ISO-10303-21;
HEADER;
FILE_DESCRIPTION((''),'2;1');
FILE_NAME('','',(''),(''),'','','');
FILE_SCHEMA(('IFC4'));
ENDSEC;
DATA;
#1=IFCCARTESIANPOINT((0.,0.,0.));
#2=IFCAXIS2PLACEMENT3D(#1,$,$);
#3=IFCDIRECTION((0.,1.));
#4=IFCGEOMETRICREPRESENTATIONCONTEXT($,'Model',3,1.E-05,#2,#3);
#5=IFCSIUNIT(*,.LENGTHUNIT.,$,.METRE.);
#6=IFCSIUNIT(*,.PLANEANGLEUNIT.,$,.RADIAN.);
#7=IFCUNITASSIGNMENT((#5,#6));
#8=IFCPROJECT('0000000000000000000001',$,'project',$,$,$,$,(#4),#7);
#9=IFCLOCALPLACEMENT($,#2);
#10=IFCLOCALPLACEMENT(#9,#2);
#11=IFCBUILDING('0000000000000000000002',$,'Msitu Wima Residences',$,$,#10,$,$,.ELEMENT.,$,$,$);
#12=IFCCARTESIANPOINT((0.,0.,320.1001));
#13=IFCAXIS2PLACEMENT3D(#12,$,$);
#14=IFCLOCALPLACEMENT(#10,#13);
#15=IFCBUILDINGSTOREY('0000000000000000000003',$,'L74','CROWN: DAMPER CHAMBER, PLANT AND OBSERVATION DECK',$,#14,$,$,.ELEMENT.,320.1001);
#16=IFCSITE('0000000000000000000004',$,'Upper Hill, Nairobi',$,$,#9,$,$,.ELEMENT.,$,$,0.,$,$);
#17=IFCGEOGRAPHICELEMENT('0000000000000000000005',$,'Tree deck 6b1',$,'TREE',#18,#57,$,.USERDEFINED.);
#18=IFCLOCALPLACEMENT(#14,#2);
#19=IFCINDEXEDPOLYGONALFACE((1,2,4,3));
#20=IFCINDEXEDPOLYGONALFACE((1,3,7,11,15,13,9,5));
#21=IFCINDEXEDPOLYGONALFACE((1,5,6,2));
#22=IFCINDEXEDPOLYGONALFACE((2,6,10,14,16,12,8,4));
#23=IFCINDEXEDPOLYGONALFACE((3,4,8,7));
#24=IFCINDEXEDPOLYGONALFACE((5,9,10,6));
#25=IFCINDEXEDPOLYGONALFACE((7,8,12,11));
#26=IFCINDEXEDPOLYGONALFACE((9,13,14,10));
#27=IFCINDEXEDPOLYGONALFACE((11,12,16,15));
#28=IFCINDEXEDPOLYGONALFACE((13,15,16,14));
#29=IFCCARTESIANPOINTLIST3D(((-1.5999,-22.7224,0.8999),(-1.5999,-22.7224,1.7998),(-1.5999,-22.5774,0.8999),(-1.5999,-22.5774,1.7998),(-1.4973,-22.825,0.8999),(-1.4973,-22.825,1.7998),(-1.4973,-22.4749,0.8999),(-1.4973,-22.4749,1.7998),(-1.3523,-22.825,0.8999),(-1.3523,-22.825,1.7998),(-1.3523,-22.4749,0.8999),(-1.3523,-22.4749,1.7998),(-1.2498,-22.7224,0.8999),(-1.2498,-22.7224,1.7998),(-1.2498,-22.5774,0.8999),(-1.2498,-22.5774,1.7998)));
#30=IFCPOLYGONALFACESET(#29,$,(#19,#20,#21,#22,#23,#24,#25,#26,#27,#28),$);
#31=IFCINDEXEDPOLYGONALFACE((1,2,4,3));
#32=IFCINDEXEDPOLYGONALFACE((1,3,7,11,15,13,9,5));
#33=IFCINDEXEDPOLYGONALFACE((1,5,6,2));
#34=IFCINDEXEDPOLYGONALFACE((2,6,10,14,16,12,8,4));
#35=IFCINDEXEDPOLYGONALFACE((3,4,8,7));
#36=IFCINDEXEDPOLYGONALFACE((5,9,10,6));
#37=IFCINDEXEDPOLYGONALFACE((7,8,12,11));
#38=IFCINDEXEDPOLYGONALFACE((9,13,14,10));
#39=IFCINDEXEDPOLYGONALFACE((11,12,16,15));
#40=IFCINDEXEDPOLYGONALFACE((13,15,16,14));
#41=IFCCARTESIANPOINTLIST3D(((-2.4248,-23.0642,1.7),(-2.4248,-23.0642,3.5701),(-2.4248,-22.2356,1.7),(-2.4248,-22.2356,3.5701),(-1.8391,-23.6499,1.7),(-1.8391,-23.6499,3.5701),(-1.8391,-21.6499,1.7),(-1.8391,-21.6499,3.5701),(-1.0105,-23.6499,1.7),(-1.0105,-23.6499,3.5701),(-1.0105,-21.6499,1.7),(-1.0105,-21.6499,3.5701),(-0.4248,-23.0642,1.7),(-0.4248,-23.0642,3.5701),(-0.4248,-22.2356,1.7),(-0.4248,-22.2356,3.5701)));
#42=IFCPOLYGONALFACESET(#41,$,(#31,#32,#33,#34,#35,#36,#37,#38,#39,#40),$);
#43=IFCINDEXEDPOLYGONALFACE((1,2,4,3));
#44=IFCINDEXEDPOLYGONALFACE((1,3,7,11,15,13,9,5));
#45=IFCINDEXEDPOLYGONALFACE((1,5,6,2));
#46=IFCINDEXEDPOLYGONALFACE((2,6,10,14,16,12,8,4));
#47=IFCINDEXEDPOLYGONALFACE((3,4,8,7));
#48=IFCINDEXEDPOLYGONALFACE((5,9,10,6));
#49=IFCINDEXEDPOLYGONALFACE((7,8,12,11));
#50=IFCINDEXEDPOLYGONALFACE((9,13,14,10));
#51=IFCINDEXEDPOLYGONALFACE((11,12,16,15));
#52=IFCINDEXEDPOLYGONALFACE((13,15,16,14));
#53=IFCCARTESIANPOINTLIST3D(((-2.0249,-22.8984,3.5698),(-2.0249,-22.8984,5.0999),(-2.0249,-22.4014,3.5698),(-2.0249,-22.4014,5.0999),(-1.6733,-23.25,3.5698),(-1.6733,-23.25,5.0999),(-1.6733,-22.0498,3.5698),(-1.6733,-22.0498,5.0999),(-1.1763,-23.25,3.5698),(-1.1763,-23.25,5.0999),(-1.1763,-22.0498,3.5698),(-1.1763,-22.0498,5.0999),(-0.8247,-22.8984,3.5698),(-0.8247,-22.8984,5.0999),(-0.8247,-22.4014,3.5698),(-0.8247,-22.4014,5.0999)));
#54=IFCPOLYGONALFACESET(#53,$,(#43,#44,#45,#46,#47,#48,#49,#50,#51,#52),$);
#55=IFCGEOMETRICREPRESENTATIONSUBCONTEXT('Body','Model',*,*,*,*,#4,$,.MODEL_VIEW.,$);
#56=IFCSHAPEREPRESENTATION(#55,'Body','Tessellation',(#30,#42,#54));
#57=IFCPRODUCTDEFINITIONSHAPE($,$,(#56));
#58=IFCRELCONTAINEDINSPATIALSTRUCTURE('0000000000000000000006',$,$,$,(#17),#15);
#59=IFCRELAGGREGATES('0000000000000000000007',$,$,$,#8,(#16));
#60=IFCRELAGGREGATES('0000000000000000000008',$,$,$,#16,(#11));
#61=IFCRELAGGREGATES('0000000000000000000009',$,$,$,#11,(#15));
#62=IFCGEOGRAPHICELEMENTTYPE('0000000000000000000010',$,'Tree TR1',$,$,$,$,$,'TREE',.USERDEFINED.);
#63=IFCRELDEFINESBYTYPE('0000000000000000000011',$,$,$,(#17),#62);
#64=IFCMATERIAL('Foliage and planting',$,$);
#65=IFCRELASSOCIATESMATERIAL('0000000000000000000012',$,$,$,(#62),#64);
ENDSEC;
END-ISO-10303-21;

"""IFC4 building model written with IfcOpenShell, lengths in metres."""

from ifc_helpers import new_model, si_unit, direction, frame, origin, place, context, subcontext, project, spatial, polyline, outline, extrude, material, type_object, element, save


model = new_model("IFC4")

# Units and contexts
model_context = context("Model", 3, precision=1e-05, world=origin(), true_north=direction((0.0, 1.0)))
body_context = subcontext(model_context, "Body", "Model", "MODEL_VIEW")
ifc_project = project(units=[si_unit("LENGTHUNIT", "METRE"), si_unit("PLANEANGLEUNIT", "RADIAN")], contexts=[model_context])

# Site, building, storey
site_placement = place(None, origin())
site = spatial("IfcSite", under=ifc_project, at=site_placement, Name="Upper Hill, Nairobi", CompositionType="ELEMENT", RefElevation=0.0)
building_placement = place(site_placement, origin())
building = spatial("IfcBuilding", under=site, at=building_placement, Name="Msitu Wima Residences", CompositionType="ELEMENT")
storey_placement = place(building_placement, frame((0.0, 0.0, 320.1001)))
storey = spatial("IfcBuildingStorey", under=building, at=storey_placement, Name="L74", Description="CROWN: DAMPER CHAMBER, PLANT AND OBSERVATION DECK", CompositionType="ELEMENT", Elevation=320.1001)

# Geographic element
ifc_material_1 = material(Name="Foliage and planting")
geographic_element_type = type_object("IfcGeographicElementType", Name="Tree TR1", ElementType="TREE", PredefinedType="USERDEFINED", material=ifc_material_1)
geographic_element_placement = place(storey_placement, frame((-1.4248, -22.6499, 0.8999), z_axis=(0.0, 0.0, 1.0), x_axis=(1.0, 0.0, 0.0)))
element("IfcGeographicElement", 1, at=geographic_element_placement, inside=storey, type_object=geographic_element_type, Name="Tree deck 6b1", ObjectType="TREE", PredefinedType="USERDEFINED", context=body_context, shape_type="SweptSolid", body=[
    extrude(outline(polyline([(0.175, 0.0725), (0.0725, 0.175), (-0.0725, 0.175), (-0.175, 0.0725), (-0.175, -0.0725), (-0.0725, -0.175), (0.0725, -0.175), (0.175, -0.0725), (0.175, 0.0725)])), origin(), (0.0, 0.0, 1.0), 0.8999),
    extrude(outline(polyline([(1.0, 0.4143), (0.4143, 1.0), (-0.4143, 1.0), (-1.0, 0.4143), (-1.0, -0.4143), (-0.4143, -1.0), (0.4143, -1.0), (1.0, -0.4143), (1.0, 0.4143)])), frame((0.0, 0.0, 0.8)), (0.0, 0.0, 1.0), 1.8701),
    extrude(outline(polyline([(0.6001, 0.2485), (0.2485, 0.6001), (-0.2485, 0.6001), (-0.6001, 0.2485), (-0.6001, -0.2485), (-0.2485, -0.6001), (0.2485, -0.6001), (0.6001, -0.2485), (0.6001, 0.2485)])), frame((0.0, 0.0, 2.6699)), (0.0, 0.0, 1.0), 1.53),
])

save(model, "model.ifc")
